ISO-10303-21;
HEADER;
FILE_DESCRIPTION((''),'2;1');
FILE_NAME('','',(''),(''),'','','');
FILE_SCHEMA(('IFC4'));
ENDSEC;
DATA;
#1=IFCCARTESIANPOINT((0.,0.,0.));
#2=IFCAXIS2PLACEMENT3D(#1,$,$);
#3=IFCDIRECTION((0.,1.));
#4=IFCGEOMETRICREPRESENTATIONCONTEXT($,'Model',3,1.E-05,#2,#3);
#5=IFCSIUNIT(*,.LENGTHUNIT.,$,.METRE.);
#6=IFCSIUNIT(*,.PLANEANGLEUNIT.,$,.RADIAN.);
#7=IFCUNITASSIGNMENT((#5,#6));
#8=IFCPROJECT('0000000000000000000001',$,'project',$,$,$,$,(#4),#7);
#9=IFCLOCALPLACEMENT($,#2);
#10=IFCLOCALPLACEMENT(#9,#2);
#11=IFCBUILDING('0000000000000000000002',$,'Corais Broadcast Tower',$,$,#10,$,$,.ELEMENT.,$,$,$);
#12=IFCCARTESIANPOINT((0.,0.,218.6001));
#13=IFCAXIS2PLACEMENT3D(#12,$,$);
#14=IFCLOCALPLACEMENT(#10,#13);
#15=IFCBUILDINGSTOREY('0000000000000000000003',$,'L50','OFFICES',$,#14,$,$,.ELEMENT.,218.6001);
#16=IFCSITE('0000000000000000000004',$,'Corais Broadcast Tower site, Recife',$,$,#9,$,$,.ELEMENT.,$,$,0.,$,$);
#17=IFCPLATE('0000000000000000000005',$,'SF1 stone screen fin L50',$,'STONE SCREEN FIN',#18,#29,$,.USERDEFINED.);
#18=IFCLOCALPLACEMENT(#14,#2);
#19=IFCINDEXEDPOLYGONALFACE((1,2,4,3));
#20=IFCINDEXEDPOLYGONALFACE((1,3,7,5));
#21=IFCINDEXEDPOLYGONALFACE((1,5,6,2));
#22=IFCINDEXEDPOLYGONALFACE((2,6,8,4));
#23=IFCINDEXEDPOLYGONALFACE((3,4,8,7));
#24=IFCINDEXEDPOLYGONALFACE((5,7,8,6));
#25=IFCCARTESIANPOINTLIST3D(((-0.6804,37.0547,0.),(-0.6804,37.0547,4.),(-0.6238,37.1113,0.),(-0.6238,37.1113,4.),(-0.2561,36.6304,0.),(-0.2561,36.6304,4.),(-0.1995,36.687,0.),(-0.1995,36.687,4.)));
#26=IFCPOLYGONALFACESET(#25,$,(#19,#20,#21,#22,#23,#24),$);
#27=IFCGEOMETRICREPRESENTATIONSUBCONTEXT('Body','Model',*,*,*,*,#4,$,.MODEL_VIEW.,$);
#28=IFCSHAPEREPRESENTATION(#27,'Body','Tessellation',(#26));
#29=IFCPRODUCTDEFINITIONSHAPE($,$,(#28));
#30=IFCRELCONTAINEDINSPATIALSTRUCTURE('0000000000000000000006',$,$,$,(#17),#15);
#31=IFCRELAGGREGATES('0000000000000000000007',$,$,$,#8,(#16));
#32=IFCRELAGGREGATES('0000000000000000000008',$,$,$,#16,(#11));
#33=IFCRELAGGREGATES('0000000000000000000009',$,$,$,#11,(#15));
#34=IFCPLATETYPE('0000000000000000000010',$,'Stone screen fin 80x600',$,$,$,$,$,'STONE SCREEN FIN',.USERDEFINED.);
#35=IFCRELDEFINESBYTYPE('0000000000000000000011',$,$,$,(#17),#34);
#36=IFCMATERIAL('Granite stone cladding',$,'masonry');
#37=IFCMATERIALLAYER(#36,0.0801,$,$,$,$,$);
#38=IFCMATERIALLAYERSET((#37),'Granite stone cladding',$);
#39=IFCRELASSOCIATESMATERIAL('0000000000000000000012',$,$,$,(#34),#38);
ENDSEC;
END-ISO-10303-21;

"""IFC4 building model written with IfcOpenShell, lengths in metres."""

from ifc_helpers import new_model, si_unit, direction, frame, origin, origin_2d, place, context, subcontext, project, spatial, rectangle, extrude, material, layer, layer_set, type_object, element, save


model = new_model("IFC4")

# Units and contexts
model_context = context("Model", 3, precision=1e-05, world=origin(), true_north=direction((0.0, 1.0)))
body_context = subcontext(model_context, "Body", "Model", "MODEL_VIEW")
ifc_project = project(units=[si_unit("LENGTHUNIT", "METRE"), si_unit("PLANEANGLEUNIT", "RADIAN")], contexts=[model_context])

# Site, building, storey
site_placement = place(None, origin())
site = spatial("IfcSite", under=ifc_project, at=site_placement, Name="Corais Broadcast Tower site, Recife", CompositionType="ELEMENT", RefElevation=0.0)
building_placement = place(site_placement, origin())
building = spatial("IfcBuilding", under=site, at=building_placement, Name="Corais Broadcast Tower", CompositionType="ELEMENT")
storey_placement = place(building_placement, frame((0.0, 0.0, 218.6001)))
storey = spatial("IfcBuildingStorey", under=building, at=storey_placement, Name="L50", Description="OFFICES", CompositionType="ELEMENT", Elevation=218.6001)

# Plate
ifc_material_1 = material(Name="Granite stone cladding", Category="masonry")
ifc_layer_1 = layer(ifc_material_1, 0.0801)
ifc_layer_set_1 = layer_set([ifc_layer_1], Name="Granite stone cladding")
plate_type_1 = type_object("IfcPlateType", Name="Stone screen fin 80x600", ElementType="STONE SCREEN FIN", PredefinedType="USERDEFINED", material=ifc_layer_set_1)
plate_1_placement = place(storey_placement, frame((-0.4399, 36.8708, 0.0), z_axis=(0.0, 0.0, 1.0), x_axis=(0.707107, 0.707107, 0.0)))
element("IfcPlate", 1, at=plate_1_placement, inside=storey, type_object=plate_type_1, Name="SF1 stone screen fin L50", ObjectType="STONE SCREEN FIN", PredefinedType="USERDEFINED", context=body_context, shape_type="SweptSolid", body=[
    extrude(rectangle(XDim=0.0801, YDim=0.6001, at=origin_2d()), origin(), (0.0, 0.0, 1.0), 4.0),
])

save(model, "model.ifc")
